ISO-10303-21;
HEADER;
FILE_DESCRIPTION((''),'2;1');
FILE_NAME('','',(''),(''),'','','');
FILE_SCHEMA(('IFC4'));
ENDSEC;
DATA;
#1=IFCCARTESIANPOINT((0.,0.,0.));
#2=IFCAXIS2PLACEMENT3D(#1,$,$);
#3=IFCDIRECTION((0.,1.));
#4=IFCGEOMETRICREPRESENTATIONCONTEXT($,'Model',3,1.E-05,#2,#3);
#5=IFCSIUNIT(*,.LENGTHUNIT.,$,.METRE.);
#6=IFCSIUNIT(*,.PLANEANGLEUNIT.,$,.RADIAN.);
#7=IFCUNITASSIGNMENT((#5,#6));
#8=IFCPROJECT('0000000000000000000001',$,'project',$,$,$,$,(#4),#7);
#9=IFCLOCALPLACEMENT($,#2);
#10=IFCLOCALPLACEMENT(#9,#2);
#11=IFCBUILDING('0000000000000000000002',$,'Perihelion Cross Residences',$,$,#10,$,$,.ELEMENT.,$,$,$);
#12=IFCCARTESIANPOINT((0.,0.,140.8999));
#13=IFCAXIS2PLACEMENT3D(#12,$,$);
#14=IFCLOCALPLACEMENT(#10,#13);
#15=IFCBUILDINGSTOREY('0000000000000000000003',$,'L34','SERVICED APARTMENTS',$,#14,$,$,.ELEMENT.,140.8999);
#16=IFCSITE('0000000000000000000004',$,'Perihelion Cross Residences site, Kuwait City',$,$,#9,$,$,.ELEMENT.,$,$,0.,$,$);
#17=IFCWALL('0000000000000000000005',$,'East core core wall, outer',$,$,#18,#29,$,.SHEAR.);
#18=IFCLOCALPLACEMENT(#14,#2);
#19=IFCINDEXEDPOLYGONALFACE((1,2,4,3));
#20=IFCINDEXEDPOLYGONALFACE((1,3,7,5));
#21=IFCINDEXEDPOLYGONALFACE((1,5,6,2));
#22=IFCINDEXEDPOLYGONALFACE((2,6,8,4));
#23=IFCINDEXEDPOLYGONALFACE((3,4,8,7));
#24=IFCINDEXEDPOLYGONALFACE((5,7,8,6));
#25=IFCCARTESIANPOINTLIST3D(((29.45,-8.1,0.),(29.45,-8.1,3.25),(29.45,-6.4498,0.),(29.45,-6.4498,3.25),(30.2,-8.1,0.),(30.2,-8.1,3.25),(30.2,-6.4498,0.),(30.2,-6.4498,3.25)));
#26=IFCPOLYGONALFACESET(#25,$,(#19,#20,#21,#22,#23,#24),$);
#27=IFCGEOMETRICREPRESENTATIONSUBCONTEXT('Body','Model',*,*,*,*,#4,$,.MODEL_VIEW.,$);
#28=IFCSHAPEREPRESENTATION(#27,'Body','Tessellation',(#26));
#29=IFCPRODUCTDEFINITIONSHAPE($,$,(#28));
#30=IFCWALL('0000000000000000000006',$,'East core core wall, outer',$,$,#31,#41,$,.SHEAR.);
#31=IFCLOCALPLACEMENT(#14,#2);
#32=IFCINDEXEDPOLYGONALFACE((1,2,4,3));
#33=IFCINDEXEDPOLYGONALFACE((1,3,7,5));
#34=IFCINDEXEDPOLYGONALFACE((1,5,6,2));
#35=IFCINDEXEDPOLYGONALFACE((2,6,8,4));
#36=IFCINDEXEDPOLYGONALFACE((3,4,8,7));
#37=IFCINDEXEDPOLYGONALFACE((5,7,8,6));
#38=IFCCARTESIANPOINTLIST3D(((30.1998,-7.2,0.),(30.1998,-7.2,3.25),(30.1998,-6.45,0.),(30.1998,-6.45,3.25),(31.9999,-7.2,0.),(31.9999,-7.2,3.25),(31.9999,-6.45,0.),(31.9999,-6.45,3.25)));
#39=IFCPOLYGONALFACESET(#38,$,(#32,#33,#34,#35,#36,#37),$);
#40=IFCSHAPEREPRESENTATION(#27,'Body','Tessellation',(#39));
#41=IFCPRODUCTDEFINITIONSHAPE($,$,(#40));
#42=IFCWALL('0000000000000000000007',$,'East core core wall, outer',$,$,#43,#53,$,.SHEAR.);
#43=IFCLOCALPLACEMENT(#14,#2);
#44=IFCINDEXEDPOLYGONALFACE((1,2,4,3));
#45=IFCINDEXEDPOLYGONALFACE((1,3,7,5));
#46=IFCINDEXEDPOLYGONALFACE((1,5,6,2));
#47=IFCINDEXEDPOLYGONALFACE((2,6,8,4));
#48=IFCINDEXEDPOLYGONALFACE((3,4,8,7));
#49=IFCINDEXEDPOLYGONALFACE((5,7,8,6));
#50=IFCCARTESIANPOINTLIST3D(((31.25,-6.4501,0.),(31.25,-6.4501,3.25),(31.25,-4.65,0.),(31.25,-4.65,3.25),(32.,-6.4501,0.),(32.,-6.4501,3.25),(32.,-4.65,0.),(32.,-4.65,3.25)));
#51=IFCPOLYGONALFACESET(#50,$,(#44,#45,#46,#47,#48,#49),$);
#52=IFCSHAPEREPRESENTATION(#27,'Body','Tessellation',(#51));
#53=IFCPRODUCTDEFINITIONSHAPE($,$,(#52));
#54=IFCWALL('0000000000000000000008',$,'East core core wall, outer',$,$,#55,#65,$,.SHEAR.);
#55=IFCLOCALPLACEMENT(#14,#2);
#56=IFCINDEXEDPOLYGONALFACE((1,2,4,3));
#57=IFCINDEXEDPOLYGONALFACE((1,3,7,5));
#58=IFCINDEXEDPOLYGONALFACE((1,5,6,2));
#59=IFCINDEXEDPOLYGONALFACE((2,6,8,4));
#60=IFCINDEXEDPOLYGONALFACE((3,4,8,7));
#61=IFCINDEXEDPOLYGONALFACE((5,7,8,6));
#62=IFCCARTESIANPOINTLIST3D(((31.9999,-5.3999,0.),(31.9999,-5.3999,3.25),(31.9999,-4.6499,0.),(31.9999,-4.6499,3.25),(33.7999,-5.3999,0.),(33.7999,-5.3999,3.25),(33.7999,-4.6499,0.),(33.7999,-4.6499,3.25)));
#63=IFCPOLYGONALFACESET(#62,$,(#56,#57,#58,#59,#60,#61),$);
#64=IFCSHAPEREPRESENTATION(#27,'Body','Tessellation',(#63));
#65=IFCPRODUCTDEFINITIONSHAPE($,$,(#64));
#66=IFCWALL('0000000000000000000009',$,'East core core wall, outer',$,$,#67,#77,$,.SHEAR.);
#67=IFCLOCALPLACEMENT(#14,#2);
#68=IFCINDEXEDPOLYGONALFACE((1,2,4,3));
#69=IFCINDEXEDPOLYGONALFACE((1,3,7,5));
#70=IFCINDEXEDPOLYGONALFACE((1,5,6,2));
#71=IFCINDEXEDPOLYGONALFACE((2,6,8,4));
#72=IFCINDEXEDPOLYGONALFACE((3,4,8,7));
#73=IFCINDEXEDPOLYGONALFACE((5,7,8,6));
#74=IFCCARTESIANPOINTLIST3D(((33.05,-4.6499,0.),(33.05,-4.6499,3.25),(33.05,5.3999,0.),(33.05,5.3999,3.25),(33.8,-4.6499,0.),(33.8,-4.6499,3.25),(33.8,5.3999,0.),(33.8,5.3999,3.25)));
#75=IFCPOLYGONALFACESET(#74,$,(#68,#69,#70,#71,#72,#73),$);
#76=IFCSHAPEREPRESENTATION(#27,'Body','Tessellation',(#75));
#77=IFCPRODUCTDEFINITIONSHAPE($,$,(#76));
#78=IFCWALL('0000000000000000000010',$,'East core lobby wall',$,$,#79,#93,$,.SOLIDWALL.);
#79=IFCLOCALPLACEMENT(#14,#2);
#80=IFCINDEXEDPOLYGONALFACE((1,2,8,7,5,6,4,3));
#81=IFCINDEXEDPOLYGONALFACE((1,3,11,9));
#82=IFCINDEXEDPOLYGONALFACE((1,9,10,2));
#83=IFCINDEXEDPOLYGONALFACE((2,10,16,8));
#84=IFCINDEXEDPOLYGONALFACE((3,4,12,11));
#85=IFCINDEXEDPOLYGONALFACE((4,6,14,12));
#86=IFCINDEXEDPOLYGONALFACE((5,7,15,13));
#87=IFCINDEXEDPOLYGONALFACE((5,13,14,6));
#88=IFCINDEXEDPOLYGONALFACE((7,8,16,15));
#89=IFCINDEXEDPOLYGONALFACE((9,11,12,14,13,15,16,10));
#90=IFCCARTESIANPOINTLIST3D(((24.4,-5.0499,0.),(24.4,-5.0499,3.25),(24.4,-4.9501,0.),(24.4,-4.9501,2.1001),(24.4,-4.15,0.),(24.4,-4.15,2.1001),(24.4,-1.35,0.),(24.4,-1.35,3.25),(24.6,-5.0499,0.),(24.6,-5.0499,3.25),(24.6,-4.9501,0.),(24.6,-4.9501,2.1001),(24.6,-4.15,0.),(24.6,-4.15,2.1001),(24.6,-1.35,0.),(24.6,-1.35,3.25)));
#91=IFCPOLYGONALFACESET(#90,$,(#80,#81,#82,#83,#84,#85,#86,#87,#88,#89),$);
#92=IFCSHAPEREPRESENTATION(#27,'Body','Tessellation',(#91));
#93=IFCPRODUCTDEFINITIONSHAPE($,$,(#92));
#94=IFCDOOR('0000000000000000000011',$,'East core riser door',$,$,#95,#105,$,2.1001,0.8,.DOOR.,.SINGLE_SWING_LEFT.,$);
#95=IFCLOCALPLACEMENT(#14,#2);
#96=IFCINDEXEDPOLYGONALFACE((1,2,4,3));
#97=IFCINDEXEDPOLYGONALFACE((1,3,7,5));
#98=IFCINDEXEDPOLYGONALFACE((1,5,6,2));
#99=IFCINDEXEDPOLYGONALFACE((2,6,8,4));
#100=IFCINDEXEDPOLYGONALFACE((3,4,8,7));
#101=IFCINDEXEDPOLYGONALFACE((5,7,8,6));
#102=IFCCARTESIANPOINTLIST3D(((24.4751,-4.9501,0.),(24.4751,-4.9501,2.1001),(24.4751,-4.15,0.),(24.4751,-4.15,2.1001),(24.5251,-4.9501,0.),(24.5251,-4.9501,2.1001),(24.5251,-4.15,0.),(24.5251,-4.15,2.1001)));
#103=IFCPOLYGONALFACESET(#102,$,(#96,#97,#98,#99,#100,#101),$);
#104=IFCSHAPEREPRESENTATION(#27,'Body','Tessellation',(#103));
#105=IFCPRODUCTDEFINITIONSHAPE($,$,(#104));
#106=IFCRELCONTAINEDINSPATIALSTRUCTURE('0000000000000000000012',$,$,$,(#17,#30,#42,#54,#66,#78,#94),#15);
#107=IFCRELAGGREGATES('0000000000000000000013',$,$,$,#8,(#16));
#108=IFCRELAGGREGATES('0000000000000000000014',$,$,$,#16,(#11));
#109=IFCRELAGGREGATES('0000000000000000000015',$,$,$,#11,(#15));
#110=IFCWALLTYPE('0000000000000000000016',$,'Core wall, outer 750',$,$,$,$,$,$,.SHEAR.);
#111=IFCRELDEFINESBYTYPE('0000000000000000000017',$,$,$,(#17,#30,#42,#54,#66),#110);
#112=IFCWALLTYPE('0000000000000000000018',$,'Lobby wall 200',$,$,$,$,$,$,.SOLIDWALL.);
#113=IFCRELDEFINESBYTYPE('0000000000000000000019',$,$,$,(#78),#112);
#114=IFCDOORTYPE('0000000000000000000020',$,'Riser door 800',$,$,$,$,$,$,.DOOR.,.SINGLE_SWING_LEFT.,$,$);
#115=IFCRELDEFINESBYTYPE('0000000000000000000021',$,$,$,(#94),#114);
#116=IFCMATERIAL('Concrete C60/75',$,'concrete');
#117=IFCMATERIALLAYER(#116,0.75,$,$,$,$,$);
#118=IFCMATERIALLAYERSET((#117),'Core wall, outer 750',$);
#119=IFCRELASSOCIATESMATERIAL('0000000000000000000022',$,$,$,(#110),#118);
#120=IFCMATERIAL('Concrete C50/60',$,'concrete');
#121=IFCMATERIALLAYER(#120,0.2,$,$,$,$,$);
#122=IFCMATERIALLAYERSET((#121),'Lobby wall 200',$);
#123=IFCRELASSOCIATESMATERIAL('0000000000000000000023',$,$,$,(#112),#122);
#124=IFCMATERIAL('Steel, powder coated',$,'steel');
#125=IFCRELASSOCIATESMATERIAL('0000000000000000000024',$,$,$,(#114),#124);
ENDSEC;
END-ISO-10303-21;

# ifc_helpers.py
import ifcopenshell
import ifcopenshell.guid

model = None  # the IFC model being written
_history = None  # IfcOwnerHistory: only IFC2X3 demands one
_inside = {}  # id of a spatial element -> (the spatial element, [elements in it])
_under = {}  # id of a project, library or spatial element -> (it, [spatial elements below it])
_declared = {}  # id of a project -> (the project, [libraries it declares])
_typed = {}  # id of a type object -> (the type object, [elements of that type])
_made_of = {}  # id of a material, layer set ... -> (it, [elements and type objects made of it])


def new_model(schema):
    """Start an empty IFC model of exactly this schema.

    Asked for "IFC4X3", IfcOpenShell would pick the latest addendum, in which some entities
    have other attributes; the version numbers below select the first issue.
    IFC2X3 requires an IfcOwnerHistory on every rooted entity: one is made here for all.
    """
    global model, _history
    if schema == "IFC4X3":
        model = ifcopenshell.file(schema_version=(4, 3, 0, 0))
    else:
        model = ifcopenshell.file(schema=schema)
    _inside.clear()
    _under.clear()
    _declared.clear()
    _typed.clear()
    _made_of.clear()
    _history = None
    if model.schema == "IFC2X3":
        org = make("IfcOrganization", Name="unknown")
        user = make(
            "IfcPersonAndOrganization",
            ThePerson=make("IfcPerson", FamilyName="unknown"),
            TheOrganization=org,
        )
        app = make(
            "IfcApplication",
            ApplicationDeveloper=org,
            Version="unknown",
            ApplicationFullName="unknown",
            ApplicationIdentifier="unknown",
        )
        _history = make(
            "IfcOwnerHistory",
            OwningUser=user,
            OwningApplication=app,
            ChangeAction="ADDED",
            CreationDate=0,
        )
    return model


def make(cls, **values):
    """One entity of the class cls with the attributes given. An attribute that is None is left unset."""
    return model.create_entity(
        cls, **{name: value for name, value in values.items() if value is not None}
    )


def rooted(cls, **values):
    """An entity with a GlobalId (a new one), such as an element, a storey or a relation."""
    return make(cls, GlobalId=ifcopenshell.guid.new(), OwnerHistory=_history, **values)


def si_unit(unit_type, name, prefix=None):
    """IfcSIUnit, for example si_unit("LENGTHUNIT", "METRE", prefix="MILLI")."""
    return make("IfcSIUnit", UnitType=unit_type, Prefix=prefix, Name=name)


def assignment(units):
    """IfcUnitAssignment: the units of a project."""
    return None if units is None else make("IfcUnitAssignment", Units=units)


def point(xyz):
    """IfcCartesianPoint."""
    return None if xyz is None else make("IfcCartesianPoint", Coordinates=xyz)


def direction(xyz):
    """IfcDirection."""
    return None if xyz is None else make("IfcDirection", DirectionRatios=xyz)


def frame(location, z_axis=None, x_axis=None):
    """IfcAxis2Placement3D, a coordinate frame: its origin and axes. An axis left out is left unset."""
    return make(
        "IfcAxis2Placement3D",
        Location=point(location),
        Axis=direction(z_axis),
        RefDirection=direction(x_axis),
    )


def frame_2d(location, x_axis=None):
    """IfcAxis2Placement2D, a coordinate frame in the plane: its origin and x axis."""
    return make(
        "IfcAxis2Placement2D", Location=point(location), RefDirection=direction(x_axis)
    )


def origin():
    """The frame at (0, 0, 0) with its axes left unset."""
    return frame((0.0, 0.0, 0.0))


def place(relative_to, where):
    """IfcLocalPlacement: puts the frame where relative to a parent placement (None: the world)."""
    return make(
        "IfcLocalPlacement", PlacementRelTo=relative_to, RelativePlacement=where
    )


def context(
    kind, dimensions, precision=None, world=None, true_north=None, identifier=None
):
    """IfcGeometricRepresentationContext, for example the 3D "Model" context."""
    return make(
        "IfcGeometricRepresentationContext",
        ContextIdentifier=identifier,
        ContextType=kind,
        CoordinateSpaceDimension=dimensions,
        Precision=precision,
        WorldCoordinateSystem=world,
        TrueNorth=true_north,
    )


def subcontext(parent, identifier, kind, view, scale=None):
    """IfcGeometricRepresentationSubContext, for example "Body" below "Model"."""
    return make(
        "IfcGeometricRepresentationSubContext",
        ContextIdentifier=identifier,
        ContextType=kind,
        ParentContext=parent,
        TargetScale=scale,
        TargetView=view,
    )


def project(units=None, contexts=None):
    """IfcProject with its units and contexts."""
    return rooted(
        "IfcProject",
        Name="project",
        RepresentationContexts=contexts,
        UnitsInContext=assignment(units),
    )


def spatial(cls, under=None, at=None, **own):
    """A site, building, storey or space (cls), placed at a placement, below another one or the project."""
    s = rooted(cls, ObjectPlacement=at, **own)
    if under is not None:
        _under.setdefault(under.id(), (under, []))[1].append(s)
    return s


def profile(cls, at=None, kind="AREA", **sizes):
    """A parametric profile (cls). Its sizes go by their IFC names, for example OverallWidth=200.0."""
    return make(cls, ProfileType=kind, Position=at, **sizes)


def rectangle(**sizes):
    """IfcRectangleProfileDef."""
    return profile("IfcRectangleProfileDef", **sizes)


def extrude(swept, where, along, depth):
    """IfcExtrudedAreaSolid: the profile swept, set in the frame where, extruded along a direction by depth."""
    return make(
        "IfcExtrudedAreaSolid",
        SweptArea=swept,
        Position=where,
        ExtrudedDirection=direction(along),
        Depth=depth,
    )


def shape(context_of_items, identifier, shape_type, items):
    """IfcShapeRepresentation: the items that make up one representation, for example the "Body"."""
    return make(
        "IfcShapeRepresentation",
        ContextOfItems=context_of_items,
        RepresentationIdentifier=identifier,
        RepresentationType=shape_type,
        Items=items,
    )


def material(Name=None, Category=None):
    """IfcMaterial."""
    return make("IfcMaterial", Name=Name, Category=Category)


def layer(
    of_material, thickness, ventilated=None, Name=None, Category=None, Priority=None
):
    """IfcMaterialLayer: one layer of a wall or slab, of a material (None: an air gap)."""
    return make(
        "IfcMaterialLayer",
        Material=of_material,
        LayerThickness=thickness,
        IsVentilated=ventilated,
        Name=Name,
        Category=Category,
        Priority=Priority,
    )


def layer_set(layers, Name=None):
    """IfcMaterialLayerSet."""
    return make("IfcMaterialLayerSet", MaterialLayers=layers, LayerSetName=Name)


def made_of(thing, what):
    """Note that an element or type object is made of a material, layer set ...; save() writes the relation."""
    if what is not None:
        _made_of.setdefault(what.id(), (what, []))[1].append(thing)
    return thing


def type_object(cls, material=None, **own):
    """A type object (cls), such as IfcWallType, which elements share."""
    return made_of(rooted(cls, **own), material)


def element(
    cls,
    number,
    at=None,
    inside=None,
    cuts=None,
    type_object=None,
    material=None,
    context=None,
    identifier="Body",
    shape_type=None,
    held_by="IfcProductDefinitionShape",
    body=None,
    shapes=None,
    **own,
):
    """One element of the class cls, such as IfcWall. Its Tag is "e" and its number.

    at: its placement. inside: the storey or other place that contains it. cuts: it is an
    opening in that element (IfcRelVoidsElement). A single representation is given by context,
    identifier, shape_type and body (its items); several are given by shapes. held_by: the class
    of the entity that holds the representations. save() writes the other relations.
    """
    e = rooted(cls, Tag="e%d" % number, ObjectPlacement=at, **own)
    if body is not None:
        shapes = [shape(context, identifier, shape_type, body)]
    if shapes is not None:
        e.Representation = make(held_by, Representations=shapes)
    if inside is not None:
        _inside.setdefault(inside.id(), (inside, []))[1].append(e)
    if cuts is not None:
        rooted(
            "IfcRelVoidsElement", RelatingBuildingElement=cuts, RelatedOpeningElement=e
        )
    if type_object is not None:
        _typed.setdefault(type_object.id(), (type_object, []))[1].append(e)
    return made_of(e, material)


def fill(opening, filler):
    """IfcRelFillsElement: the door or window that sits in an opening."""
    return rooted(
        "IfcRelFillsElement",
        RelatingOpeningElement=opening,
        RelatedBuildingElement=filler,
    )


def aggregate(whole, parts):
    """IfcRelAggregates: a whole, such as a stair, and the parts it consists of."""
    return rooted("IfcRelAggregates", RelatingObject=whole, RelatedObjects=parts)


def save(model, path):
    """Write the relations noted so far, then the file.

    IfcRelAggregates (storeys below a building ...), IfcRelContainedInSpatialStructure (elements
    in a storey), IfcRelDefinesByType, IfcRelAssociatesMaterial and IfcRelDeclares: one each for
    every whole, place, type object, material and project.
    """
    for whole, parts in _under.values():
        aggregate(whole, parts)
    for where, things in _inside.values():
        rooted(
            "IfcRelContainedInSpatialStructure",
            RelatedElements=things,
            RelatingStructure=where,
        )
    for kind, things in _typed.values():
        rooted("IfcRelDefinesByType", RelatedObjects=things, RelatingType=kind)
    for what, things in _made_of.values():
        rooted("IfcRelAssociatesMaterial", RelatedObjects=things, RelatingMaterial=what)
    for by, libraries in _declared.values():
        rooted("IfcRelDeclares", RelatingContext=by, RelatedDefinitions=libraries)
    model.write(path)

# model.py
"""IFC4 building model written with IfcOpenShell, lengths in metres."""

from ifc_helpers import new_model, si_unit, direction, frame, frame_2d, origin, place, context, subcontext, project, spatial, rectangle, extrude, material, layer, layer_set, type_object, element, fill, save


model = new_model("IFC4")

# Units and contexts
model_context = context("Model", 3, precision=1e-05, world=origin(), true_north=direction((0.0, 1.0)))
body_context = subcontext(model_context, "Body", "Model", "MODEL_VIEW")
ifc_project = project(units=[si_unit("LENGTHUNIT", "METRE"), si_unit("PLANEANGLEUNIT", "RADIAN")], contexts=[model_context])

# Site, building, storey
site_placement = place(None, origin())
site = spatial("IfcSite", under=ifc_project, at=site_placement, Name="Perihelion Cross Residences site, Kuwait City", CompositionType="ELEMENT", RefElevation=0.0)
building_placement = place(site_placement, origin())
building = spatial("IfcBuilding", under=site, at=building_placement, Name="Perihelion Cross Residences", CompositionType="ELEMENT")
storey_placement = place(building_placement, frame((0.0, 0.0, 140.8999)))
storey = spatial("IfcBuildingStorey", under=building, at=storey_placement, Name="L34", Description="SERVICED APARTMENTS", CompositionType="ELEMENT", Elevation=140.8999)

# Walls
ifc_material_1 = material(Name="Concrete C60/75", Category="concrete")
ifc_layer_1 = layer(ifc_material_1, 0.75)
ifc_layer_set_1 = layer_set([ifc_layer_1], Name="Core wall, outer 750")
wall_type_1 = type_object("IfcWallType", Name="Core wall, outer 750", PredefinedType="SHEAR", material=ifc_layer_set_1)
wall_1_placement = place(storey_placement, frame((29.825, -8.1001, 0.0), z_axis=(0.0, 0.0, 1.0), x_axis=(0.0, 1.0, 0.0)))
element("IfcWall", 1, at=wall_1_placement, inside=storey, type_object=wall_type_1, Name="East core core wall, outer", PredefinedType="SHEAR", context=body_context, shape_type="SweptSolid", body=[
    extrude(rectangle(XDim=1.6501, YDim=0.75, at=frame_2d((0.8252, 0.0))), origin(), (0.0, 0.0, 1.0), 3.25),
])
for number, where, z_axis, x_axis, name in (
    (2, (30.2, -6.825, 0.0), (0.0, 0.0, 1.0), (1.0, 0.0, 0.0), "East core core wall, outer"),
    (3, (31.625, -6.45, 0.0), (0.0, 0.0, 1.0), (0.0, 1.0, 0.0), "East core core wall, outer"),
    (4, (32.0, -5.0249, 0.0), (0.0, 0.0, 1.0), (1.0, 0.0, 0.0), "East core core wall, outer"),
):
    element("IfcWall", number, at=place(storey_placement, frame(where, z_axis=z_axis, x_axis=x_axis)), inside=storey, type_object=wall_type_1, Name=name, PredefinedType="SHEAR", context=body_context, shape_type="SweptSolid", body=[
        extrude(rectangle(XDim=1.8, YDim=0.75, at=frame_2d((0.8999, 0.0))), origin(), (0.0, 0.0, 1.0), 3.25),
    ])
wall_2_placement = place(storey_placement, frame((33.425, -4.6499, 0.0), z_axis=(0.0, 0.0, 1.0), x_axis=(0.0, 1.0, 0.0)))
element("IfcWall", 5, at=wall_2_placement, inside=storey, type_object=wall_type_1, Name="East core core wall, outer", PredefinedType="SHEAR", context=body_context, shape_type="SweptSolid", body=[
    extrude(rectangle(XDim=10.0498, YDim=0.75, at=frame_2d((5.0249, 0.0))), origin(), (0.0, 0.0, 1.0), 3.25),
])

# Wall, opening, door
ifc_material_2 = material(Name="Concrete C50/60", Category="concrete")
ifc_layer_2 = layer(ifc_material_2, 0.2)
ifc_layer_set_2 = layer_set([ifc_layer_2], Name="Lobby wall 200")
wall_type_2 = type_object("IfcWallType", Name="Lobby wall 200", PredefinedType="SOLIDWALL", material=ifc_layer_set_2)
wall_3_placement = place(storey_placement, frame((24.5, -5.05, 0.0), z_axis=(0.0, 0.0, 1.0), x_axis=(0.0, 1.0, 0.0)))
wall_3 = element("IfcWall", 6, at=wall_3_placement, inside=storey, type_object=wall_type_2, Name="East core lobby wall", PredefinedType="SOLIDWALL", context=body_context, shape_type="SweptSolid", body=[
    extrude(rectangle(XDim=3.7, YDim=0.2, at=frame_2d((1.8501, 0.0))), origin(), (0.0, 0.0, 1.0), 3.25),
])
opening_1_placement = place(wall_3_placement, frame((0.1001, 0.0, 0.0)))
opening_1 = element("IfcOpeningElement", 7, at=opening_1_placement, cuts=wall_3, PredefinedType="OPENING", context=body_context, shape_type="SweptSolid", body=[
    extrude(rectangle(XDim=0.8, YDim=2.1001, at=frame_2d((0.3999, 1.05))), frame((0.0, 0.1099, 0.0), z_axis=(0.0, -1.0, 0.0), x_axis=(1.0, 0.0, 0.0)), (0.0, 0.0, 1.0), 0.22),
])
ifc_material_3 = material(Name="Steel, powder coated", Category="steel")
door_type_1 = type_object("IfcDoorType", Name="Riser door 800", OperationType="SINGLE_SWING_LEFT", PredefinedType="DOOR", material=ifc_material_3)
door_1_placement = place(opening_1_placement, origin())
door_1 = element("IfcDoor", 8, at=door_1_placement, inside=storey, type_object=door_type_1, Name="East core riser door", OperationType="SINGLE_SWING_LEFT", OverallHeight=2.1001, OverallWidth=0.8, PredefinedType="DOOR", context=body_context, shape_type="SweptSolid", body=[
    extrude(rectangle(XDim=0.8, YDim=2.1001, at=frame_2d((0.3999, 1.05))), frame((0.0, 0.0249, 0.0), z_axis=(0.0, -1.0, 0.0), x_axis=(1.0, 0.0, 0.0)), (0.0, 0.0, 1.0), 0.05),
])
fill(opening_1, door_1)

save(model, "model.ifc")
